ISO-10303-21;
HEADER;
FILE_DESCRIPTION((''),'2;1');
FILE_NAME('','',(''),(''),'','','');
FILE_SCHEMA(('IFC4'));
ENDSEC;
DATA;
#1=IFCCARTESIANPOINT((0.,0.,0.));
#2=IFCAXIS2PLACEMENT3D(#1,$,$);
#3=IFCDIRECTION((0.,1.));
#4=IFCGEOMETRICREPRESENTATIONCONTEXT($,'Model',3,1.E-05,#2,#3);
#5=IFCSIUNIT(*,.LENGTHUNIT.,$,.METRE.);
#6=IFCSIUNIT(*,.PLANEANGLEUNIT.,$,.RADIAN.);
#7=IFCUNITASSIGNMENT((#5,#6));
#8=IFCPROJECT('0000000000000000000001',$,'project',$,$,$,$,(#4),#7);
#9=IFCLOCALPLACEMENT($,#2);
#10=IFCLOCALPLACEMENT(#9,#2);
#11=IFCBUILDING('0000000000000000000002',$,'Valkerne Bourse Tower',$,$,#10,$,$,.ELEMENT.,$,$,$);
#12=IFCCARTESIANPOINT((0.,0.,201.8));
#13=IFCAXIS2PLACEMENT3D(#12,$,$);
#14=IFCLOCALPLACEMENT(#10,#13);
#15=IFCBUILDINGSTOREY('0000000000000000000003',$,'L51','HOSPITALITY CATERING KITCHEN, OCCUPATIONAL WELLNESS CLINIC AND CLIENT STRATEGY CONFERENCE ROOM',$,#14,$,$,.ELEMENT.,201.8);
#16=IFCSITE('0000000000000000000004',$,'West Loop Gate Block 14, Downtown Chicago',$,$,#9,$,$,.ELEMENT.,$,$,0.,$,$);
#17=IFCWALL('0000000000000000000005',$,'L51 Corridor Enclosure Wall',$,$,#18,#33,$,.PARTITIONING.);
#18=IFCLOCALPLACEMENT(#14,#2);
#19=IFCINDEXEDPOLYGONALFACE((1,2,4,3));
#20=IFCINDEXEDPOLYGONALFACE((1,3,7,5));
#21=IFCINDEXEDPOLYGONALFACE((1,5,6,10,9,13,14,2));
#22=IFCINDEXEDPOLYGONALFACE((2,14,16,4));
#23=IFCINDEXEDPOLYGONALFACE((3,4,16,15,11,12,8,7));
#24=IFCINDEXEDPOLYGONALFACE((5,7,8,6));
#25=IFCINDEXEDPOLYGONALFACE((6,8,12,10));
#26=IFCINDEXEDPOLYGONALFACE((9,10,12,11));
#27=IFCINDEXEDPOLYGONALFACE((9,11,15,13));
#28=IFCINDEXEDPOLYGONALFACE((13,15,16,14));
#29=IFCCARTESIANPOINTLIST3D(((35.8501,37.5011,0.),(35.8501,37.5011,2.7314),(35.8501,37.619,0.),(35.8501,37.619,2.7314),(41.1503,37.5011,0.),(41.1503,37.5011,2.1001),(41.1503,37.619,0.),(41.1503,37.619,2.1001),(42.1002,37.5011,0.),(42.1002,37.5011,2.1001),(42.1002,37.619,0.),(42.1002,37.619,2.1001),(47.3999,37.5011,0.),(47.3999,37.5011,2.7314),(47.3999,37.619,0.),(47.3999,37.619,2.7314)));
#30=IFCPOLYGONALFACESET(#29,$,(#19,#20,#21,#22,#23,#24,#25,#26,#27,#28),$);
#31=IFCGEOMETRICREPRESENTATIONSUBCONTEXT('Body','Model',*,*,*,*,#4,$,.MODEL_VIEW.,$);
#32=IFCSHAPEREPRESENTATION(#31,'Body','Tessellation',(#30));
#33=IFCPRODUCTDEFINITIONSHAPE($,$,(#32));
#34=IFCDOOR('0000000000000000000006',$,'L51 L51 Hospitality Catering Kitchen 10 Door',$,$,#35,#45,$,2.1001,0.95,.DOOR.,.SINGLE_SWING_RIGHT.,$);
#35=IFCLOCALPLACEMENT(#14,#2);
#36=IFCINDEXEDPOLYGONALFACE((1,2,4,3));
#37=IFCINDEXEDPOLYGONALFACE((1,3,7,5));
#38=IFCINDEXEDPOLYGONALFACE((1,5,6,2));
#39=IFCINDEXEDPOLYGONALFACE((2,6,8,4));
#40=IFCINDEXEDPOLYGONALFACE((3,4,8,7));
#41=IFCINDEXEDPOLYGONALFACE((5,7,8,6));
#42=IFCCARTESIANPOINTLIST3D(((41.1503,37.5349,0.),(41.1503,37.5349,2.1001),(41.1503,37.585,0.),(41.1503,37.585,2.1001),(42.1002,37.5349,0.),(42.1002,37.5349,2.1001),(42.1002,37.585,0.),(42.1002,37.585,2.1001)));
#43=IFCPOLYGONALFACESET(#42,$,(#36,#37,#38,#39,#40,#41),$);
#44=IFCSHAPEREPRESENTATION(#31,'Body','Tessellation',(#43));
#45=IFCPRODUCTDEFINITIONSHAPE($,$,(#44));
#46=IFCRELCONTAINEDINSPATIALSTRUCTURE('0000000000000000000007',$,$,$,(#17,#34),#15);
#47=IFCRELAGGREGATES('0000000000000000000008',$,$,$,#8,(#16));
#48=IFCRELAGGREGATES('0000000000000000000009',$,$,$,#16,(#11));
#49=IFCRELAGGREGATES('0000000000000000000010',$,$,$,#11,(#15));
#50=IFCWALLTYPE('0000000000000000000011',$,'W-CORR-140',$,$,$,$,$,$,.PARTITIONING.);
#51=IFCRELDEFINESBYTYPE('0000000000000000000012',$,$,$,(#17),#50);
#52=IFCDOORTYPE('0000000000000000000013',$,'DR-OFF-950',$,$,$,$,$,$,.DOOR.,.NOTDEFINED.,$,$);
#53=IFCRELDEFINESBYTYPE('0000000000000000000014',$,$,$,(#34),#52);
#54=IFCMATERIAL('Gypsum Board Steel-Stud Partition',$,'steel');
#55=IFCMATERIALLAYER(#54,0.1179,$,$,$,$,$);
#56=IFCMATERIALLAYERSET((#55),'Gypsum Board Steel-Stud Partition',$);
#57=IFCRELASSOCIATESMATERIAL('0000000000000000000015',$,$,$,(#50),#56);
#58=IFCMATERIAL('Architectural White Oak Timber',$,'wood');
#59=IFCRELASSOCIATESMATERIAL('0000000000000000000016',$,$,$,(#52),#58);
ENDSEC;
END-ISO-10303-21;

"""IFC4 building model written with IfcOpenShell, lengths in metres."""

from ifc_helpers import new_model, si_unit, direction, frame, frame_2d, origin, place, context, subcontext, project, spatial, rectangle, extrude, material, layer, layer_set, type_object, element, fill, save


model = new_model("IFC4")

# Units and contexts
model_context = context("Model", 3, precision=1e-05, world=origin(), true_north=direction((0.0, 1.0)))
body_context = subcontext(model_context, "Body", "Model", "MODEL_VIEW")
ifc_project = project(units=[si_unit("LENGTHUNIT", "METRE"), si_unit("PLANEANGLEUNIT", "RADIAN")], contexts=[model_context])

# Site, building, storey
site_placement = place(None, origin())
site = spatial("IfcSite", under=ifc_project, at=site_placement, Name="West Loop Gate Block 14, Downtown Chicago", CompositionType="ELEMENT", RefElevation=0.0)
building_placement = place(site_placement, origin())
building = spatial("IfcBuilding", under=site, at=building_placement, Name="Valkerne Bourse Tower", CompositionType="ELEMENT")
storey_placement = place(building_placement, frame((0.0, 0.0, 201.8)))
storey = spatial("IfcBuildingStorey", under=building, at=storey_placement, Name="L51", Description="HOSPITALITY CATERING KITCHEN, OCCUPATIONAL WELLNESS CLINIC AND CLIENT STRATEGY CONFERENCE ROOM", CompositionType="ELEMENT", Elevation=201.8)

# Wall, opening, door
ifc_material_1 = material(Name="Gypsum Board Steel-Stud Partition", Category="steel")
ifc_layer_1 = layer(ifc_material_1, 0.1179)
ifc_layer_set_1 = layer_set([ifc_layer_1], Name="Gypsum Board Steel-Stud Partition")
wall_type_1 = type_object("IfcWallType", Name="W-CORR-140", PredefinedType="PARTITIONING", material=ifc_layer_set_1)
wall_1_placement = place(storey_placement, frame((35.8501, 37.5601, 0.0), z_axis=(0.0, 0.0, 1.0), x_axis=(1.0, 0.0, 0.0)))
wall_1 = element("IfcWall", 1, at=wall_1_placement, inside=storey, type_object=wall_type_1, Name="L51 Corridor Enclosure Wall", PredefinedType="PARTITIONING", context=body_context, shape_type="SweptSolid", body=[
    extrude(rectangle(XDim=11.5498, YDim=0.1179, at=frame_2d((5.7749, 0.0))), origin(), (0.0, 0.0, 1.0), 2.7314),
])
opening_1_placement = place(wall_1_placement, frame((5.3, 0.0, 0.0)))
opening_1 = element("IfcOpeningElement", 2, at=opening_1_placement, cuts=wall_1, PredefinedType="OPENING", context=body_context, shape_type="SweptSolid", body=[
    extrude(rectangle(XDim=0.95, YDim=2.1001, at=frame_2d((0.4751, 1.05))), frame((0.0, 0.0688, 0.0), z_axis=(0.0, -1.0, 0.0), x_axis=(1.0, 0.0, 0.0)), (0.0, 0.0, 1.0), 0.1379),
])
ifc_material_2 = material(Name="Architectural White Oak Timber", Category="wood")
door_type_1 = type_object("IfcDoorType", Name="DR-OFF-950", OperationType="NOTDEFINED", PredefinedType="DOOR", material=ifc_material_2)
door_1_placement = place(opening_1_placement, origin())
door_1 = element("IfcDoor", 3, at=door_1_placement, inside=storey, type_object=door_type_1, Name="L51 L51 Hospitality Catering Kitchen 10 Door", OperationType="SINGLE_SWING_RIGHT", OverallHeight=2.1001, OverallWidth=0.95, PredefinedType="DOOR", context=body_context, shape_type="SweptSolid", body=[
    extrude(rectangle(XDim=0.95, YDim=2.1001, at=frame_2d((0.4751, 1.05))), frame((0.0, 0.0249, 0.0), z_axis=(0.0, -1.0, 0.0), x_axis=(1.0, 0.0, 0.0)), (0.0, 0.0, 1.0), 0.05),
])
fill(opening_1, door_1)

save(model, "model.ifc")
